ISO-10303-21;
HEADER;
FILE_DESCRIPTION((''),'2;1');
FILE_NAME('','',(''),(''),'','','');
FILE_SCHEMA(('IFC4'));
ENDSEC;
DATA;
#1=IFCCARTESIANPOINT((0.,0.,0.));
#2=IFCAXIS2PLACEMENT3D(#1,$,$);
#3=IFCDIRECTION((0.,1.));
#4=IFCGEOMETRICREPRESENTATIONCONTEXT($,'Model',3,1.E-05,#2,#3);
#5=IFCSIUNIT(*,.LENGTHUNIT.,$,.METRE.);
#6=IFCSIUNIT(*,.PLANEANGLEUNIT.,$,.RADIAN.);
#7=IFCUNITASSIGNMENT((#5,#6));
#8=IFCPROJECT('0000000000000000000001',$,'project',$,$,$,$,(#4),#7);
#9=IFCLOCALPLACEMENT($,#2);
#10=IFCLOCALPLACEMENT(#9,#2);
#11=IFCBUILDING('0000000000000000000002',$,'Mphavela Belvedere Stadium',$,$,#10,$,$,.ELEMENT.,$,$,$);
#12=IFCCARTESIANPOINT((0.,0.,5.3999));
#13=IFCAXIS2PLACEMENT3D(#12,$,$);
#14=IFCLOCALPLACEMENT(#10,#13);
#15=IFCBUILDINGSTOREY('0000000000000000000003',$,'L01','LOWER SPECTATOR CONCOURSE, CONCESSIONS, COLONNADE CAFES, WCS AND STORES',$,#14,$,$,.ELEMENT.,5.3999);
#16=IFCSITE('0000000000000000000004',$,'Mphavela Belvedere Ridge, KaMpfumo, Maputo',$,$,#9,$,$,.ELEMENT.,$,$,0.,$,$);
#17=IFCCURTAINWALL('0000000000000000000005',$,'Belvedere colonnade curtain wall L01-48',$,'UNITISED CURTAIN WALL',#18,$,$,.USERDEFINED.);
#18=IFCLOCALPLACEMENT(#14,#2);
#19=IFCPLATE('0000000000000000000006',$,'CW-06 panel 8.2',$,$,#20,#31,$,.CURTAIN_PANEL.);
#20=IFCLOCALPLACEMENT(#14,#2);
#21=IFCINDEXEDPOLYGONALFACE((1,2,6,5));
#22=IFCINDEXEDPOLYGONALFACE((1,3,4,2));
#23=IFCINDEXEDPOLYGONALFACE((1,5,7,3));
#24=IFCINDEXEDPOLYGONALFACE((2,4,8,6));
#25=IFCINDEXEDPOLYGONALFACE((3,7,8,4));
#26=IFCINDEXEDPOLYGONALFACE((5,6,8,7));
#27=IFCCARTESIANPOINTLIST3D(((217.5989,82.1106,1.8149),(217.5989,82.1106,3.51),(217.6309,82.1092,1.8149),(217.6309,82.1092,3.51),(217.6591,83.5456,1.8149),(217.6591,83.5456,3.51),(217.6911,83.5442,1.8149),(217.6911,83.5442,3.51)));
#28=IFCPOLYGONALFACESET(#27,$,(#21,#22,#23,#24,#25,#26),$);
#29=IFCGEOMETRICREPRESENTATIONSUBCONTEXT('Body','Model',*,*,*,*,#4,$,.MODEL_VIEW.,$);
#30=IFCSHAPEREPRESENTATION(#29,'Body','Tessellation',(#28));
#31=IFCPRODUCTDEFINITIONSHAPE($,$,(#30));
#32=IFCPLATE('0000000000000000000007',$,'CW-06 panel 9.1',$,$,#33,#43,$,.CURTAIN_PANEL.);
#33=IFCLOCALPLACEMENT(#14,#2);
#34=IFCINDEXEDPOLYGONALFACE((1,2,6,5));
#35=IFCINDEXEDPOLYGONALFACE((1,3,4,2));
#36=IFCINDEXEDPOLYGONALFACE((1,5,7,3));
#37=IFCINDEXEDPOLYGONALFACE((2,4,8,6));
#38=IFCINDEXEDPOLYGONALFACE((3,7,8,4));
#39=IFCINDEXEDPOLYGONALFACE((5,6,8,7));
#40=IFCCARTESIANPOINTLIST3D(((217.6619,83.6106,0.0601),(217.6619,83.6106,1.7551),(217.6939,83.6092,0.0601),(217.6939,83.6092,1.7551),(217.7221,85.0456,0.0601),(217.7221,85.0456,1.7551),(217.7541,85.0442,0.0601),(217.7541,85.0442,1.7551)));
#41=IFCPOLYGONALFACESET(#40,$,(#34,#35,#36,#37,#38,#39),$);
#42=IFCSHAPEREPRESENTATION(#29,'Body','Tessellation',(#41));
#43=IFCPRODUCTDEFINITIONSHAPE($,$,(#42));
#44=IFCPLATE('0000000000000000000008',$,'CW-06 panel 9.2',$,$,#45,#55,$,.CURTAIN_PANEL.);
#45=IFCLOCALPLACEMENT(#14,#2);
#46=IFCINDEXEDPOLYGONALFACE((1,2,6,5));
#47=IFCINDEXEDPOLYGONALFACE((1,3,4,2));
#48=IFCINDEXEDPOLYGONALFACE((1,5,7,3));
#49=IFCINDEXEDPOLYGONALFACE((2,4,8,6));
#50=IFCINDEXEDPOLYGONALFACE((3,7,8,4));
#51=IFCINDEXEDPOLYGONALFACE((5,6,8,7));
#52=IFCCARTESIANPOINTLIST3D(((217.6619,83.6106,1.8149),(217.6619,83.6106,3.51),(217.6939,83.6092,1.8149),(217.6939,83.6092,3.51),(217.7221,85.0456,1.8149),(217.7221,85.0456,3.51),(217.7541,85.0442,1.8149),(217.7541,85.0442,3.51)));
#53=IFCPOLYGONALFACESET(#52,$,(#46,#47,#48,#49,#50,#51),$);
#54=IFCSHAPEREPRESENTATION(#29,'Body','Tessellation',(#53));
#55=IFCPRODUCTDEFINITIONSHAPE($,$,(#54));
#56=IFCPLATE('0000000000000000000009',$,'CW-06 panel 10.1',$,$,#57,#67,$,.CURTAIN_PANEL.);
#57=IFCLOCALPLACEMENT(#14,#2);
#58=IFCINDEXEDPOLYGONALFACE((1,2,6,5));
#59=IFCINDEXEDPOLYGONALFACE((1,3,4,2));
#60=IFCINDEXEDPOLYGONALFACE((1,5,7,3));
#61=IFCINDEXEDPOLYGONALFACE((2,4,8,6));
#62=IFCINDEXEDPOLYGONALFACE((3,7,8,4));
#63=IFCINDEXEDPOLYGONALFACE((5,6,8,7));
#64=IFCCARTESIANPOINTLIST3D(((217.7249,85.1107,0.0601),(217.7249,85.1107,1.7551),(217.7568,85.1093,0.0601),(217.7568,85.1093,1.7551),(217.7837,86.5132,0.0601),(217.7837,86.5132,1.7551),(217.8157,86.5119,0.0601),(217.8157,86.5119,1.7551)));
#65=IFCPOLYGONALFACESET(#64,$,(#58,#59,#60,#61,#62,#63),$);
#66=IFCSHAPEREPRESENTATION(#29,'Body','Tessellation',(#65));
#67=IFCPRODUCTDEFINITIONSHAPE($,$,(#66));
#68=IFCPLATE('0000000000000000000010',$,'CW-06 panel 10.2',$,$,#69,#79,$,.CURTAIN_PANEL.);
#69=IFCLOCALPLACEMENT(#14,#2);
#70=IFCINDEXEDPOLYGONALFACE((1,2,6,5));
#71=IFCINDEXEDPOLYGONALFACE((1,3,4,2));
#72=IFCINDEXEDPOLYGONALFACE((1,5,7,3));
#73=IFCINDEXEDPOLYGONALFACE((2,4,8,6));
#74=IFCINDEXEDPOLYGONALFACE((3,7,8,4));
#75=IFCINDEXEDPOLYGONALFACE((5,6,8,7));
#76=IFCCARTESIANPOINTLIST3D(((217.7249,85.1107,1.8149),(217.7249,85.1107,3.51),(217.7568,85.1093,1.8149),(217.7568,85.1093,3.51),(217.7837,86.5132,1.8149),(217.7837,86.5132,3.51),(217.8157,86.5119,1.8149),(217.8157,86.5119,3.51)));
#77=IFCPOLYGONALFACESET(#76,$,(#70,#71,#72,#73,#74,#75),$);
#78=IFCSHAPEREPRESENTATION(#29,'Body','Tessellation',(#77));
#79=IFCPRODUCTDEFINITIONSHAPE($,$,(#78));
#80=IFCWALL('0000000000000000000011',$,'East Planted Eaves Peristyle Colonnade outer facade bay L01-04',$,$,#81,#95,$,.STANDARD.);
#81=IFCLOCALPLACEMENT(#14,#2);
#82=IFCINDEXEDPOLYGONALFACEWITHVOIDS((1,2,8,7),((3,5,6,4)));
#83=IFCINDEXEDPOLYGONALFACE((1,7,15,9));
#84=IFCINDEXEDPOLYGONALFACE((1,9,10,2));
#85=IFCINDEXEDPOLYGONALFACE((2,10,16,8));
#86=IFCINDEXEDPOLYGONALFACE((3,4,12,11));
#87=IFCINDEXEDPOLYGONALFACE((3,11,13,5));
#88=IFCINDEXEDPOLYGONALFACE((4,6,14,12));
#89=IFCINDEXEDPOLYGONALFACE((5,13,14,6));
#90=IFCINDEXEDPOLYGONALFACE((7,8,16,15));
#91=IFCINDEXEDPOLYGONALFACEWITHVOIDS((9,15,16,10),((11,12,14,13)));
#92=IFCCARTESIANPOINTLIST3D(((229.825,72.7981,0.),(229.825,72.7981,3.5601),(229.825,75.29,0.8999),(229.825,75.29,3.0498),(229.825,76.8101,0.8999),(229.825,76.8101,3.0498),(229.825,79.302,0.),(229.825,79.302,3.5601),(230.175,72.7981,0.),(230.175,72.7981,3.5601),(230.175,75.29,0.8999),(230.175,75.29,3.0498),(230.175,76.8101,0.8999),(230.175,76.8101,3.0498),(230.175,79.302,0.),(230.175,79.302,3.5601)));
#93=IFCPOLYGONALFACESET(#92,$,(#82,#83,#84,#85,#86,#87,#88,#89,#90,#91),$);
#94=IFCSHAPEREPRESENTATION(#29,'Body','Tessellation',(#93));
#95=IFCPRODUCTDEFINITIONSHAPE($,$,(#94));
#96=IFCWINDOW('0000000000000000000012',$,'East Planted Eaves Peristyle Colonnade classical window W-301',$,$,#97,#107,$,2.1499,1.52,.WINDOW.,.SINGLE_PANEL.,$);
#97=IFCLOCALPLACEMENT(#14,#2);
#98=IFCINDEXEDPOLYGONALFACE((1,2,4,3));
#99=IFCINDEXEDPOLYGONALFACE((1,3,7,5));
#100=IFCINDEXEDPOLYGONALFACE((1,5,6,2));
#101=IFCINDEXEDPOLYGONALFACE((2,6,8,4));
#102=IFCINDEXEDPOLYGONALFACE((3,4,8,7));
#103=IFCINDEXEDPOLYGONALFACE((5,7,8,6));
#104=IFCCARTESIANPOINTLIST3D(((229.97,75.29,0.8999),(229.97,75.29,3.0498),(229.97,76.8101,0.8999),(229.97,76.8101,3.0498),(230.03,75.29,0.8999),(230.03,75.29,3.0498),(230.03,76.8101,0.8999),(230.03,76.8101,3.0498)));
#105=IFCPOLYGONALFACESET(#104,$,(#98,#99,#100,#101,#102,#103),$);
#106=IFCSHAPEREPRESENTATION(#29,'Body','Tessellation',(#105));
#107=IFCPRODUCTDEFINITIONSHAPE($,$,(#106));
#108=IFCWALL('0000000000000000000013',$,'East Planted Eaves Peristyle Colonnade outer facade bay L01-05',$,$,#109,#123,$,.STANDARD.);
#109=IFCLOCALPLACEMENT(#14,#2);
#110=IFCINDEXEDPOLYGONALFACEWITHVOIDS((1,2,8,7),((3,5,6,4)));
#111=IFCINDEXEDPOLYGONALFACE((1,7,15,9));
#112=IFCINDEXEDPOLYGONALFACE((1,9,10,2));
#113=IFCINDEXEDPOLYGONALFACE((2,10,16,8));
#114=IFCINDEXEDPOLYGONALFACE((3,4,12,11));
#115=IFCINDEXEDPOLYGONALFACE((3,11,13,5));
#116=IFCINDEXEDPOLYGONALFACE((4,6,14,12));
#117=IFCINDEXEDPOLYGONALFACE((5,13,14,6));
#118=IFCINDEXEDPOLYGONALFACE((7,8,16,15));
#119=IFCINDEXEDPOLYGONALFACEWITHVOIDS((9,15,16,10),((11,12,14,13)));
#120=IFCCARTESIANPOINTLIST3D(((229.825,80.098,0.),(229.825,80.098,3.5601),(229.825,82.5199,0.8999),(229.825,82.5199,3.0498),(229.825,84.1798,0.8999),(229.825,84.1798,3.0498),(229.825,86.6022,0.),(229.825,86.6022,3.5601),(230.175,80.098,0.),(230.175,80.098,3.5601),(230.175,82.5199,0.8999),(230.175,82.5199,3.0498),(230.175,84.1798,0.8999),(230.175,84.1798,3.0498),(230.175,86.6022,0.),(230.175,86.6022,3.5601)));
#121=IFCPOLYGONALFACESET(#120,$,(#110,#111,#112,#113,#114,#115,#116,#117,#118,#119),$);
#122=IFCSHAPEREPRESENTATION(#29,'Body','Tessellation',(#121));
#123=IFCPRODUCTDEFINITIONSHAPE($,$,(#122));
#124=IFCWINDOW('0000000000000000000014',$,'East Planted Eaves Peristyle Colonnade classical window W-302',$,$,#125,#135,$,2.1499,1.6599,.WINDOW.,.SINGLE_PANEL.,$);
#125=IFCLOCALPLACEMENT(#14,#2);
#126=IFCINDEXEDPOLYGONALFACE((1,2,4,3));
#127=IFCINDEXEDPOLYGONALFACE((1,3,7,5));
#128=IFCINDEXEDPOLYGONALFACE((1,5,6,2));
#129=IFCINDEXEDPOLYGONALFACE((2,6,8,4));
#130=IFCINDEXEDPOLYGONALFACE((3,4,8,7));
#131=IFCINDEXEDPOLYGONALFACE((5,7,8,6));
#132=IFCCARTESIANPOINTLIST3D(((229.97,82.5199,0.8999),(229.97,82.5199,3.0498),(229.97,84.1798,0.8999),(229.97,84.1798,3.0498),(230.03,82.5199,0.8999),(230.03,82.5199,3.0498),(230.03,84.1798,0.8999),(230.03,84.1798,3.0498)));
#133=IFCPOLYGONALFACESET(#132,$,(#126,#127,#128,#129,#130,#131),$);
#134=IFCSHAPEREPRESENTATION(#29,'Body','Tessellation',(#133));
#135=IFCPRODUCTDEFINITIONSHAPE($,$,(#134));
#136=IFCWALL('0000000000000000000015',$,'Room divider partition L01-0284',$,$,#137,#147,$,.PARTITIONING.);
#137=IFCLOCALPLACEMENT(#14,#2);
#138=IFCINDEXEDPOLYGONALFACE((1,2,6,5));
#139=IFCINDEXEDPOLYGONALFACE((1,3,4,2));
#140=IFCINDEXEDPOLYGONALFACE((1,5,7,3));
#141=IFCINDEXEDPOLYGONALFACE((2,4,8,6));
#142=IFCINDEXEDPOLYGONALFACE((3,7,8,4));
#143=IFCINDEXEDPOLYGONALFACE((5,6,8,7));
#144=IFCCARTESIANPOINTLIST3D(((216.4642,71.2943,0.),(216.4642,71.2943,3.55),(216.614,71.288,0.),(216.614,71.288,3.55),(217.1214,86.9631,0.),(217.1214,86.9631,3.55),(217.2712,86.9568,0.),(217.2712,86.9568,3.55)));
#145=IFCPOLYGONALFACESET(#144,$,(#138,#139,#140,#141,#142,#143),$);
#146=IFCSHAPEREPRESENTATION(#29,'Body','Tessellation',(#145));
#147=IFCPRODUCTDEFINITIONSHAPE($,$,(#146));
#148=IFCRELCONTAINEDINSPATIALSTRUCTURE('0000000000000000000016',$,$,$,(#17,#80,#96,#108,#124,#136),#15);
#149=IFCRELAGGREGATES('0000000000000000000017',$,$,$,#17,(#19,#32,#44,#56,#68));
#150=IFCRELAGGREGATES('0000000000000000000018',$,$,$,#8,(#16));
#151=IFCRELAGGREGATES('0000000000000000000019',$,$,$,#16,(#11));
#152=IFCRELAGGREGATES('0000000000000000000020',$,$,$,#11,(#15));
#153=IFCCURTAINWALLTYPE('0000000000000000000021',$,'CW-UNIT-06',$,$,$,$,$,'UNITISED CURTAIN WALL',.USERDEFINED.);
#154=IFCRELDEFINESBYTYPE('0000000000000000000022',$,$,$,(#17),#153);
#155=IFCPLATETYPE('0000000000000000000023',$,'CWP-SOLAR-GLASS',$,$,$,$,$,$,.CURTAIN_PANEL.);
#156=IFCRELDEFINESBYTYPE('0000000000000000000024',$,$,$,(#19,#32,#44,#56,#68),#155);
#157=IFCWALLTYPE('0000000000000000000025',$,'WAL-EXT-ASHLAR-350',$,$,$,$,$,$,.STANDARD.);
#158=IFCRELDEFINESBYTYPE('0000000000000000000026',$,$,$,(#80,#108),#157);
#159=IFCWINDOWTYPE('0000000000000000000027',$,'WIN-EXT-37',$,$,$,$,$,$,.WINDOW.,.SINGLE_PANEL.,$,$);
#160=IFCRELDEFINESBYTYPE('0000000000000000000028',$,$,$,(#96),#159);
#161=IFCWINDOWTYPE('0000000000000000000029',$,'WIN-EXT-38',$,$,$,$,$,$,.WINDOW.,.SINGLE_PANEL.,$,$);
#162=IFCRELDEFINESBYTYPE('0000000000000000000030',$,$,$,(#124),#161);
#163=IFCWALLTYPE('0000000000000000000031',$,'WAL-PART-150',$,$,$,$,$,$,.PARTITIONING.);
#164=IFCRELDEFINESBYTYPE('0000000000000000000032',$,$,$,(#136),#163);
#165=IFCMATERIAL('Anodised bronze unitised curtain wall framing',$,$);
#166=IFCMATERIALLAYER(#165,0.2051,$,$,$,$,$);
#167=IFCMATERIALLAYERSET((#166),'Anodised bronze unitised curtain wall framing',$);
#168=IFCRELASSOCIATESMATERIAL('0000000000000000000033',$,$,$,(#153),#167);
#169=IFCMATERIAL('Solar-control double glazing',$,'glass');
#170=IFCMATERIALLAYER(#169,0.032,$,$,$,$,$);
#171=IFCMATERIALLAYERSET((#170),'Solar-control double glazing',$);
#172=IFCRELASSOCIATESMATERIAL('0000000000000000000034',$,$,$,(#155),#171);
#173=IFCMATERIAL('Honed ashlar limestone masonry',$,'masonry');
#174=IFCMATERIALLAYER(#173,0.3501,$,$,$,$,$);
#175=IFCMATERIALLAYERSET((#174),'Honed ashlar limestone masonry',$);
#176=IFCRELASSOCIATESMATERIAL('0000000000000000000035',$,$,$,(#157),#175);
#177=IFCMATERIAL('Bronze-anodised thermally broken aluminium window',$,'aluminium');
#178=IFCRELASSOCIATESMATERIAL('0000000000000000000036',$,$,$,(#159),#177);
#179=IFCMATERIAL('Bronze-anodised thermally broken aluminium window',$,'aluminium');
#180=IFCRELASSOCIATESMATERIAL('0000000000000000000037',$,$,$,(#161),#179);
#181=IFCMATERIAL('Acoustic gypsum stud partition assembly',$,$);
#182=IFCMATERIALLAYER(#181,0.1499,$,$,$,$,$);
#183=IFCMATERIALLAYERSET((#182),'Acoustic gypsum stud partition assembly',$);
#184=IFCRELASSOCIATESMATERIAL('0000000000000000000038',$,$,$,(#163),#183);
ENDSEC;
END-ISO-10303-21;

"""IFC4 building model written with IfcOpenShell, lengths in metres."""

from ifc_helpers import new_model, si_unit, direction, frame, frame_2d, origin, origin_2d, place, context, subcontext, project, spatial, rectangle, extrude, material, layer, layer_set, type_object, element, fill, aggregate, save


model = new_model("IFC4")

# Units and contexts
model_context = context("Model", 3, precision=1e-05, world=origin(), true_north=direction((0.0, 1.0)))
body_context = subcontext(model_context, "Body", "Model", "MODEL_VIEW")
ifc_project = project(units=[si_unit("LENGTHUNIT", "METRE"), si_unit("PLANEANGLEUNIT", "RADIAN")], contexts=[model_context])

# Site, building, storey
site_placement = place(None, origin())
site = spatial("IfcSite", under=ifc_project, at=site_placement, Name="Mphavela Belvedere Ridge, KaMpfumo, Maputo", CompositionType="ELEMENT", RefElevation=0.0)
building_placement = place(site_placement, origin())
building = spatial("IfcBuilding", under=site, at=building_placement, Name="Mphavela Belvedere Stadium", CompositionType="ELEMENT")
storey_placement = place(building_placement, frame((0.0, 0.0, 5.3999)))
storey = spatial("IfcBuildingStorey", under=building, at=storey_placement, Name="L01", Description="LOWER SPECTATOR CONCOURSE, CONCESSIONS, COLONNADE CAFES, WCS AND STORES", CompositionType="ELEMENT", Elevation=5.3999)

# Curtain wall, plates
ifc_material_1 = material(Name="Anodised bronze unitised curtain wall framing")
ifc_layer_1 = layer(ifc_material_1, 0.2051)
ifc_layer_set_1 = layer_set([ifc_layer_1], Name="Anodised bronze unitised curtain wall framing")
curtain_wall_type = type_object("IfcCurtainWallType", Name="CW-UNIT-06", ElementType="UNITISED CURTAIN WALL", PredefinedType="USERDEFINED", material=ifc_layer_set_1)
curtain_wall_placement = place(storey_placement, origin())
curtain_wall = element("IfcCurtainWall", 1, at=curtain_wall_placement, inside=storey, type_object=curtain_wall_type, Name="Belvedere colonnade curtain wall L01-48", ObjectType="UNITISED CURTAIN WALL", PredefinedType="USERDEFINED")
ifc_material_2 = material(Name="Solar-control double glazing", Category="glass")
ifc_layer_2 = layer(ifc_material_2, 0.032)
ifc_layer_set_2 = layer_set([ifc_layer_2], Name="Solar-control double glazing")
plate_type = type_object("IfcPlateType", Name="CWP-SOLAR-GLASS", PredefinedType="CURTAIN_PANEL", material=ifc_layer_set_2)
plate_1_placement = place(storey_placement, frame((217.645, 82.8274, 1.8149), z_axis=(0.0, 0.0, 1.0), x_axis=(0.04191, 0.999121, 0.0)))
plate_1 = element("IfcPlate", 2, at=plate_1_placement, type_object=plate_type, Name="CW-06 panel 8.2", PredefinedType="CURTAIN_PANEL", context=body_context, shape_type="SweptSolid", body=[
    extrude(rectangle(XDim=1.4363, YDim=0.032, at=origin_2d()), origin(), (0.0, 0.0, 1.0), 1.6951),
])
plate_2_placement = place(storey_placement, frame((217.708, 84.3274, 0.0601), z_axis=(0.0, 0.0, 1.0), x_axis=(0.04191, 0.999121, 0.0)))
plate_2 = element("IfcPlate", 3, at=plate_2_placement, type_object=plate_type, Name="CW-06 panel 9.1", PredefinedType="CURTAIN_PANEL", context=body_context, shape_type="SweptSolid", body=[
    extrude(rectangle(XDim=1.4363, YDim=0.032, at=origin_2d()), origin(), (0.0, 0.0, 1.0), 1.6951),
])
plate_3_placement = place(storey_placement, frame((217.708, 84.3274, 1.8149), z_axis=(0.0, 0.0, 1.0), x_axis=(0.04191, 0.999121, 0.0)))
plate_3 = element("IfcPlate", 4, at=plate_3_placement, type_object=plate_type, Name="CW-06 panel 9.2", PredefinedType="CURTAIN_PANEL", context=body_context, shape_type="SweptSolid", body=[
    extrude(rectangle(XDim=1.4363, YDim=0.032, at=origin_2d()), origin(), (0.0, 0.0, 1.0), 1.6951),
])
plate_4_placement = place(storey_placement, frame((217.7703, 85.8113, 0.0601), z_axis=(0.0, 0.0, 1.0), x_axis=(0.04191, 0.999121, 0.0)))
plate_4 = element("IfcPlate", 5, at=plate_4_placement, type_object=plate_type, Name="CW-06 panel 10.1", PredefinedType="CURTAIN_PANEL", context=body_context, shape_type="SweptSolid", body=[
    extrude(rectangle(XDim=1.4038, YDim=0.032, at=origin_2d()), origin(), (0.0, 0.0, 1.0), 1.6951),
])
plate_5_placement = place(storey_placement, frame((217.7703, 85.8113, 1.8149), z_axis=(0.0, 0.0, 1.0), x_axis=(0.04191, 0.999121, 0.0)))
plate_5 = element("IfcPlate", 6, at=plate_5_placement, type_object=plate_type, Name="CW-06 panel 10.2", PredefinedType="CURTAIN_PANEL", context=body_context, shape_type="SweptSolid", body=[
    extrude(rectangle(XDim=1.4038, YDim=0.032, at=origin_2d()), origin(), (0.0, 0.0, 1.0), 1.6951),
])
aggregate(curtain_wall, [plate_1, plate_2, plate_3, plate_4, plate_5])

# Walls, openings, windows
ifc_material_3 = material(Name="Honed ashlar limestone masonry", Category="masonry")
ifc_layer_3 = layer(ifc_material_3, 0.3501)
ifc_layer_set_3 = layer_set([ifc_layer_3], Name="Honed ashlar limestone masonry")
wall_type_1 = type_object("IfcWallType", Name="WAL-EXT-ASHLAR-350", PredefinedType="STANDARD", material=ifc_layer_set_3)
wall_1_placement = place(storey_placement, frame((230.0, 79.302, 0.0), z_axis=(0.0, 0.0, 1.0), x_axis=(0.0, -1.0, 0.0)))
wall_1 = element("IfcWall", 7, at=wall_1_placement, inside=storey, type_object=wall_type_1, Name="East Planted Eaves Peristyle Colonnade outer facade bay L01-04", PredefinedType="STANDARD", context=body_context, shape_type="SweptSolid", body=[
    extrude(rectangle(XDim=6.5039, YDim=0.3501, at=frame_2d((3.252, 0.0))), origin(), (0.0, 0.0, 1.0), 3.5601),
])
opening_1_placement = place(wall_1_placement, frame((2.4919, 0.0, 0.8999)))
opening_1 = element("IfcOpeningElement", 8, at=opening_1_placement, cuts=wall_1, PredefinedType="OPENING", context=body_context, shape_type="SweptSolid", body=[
    extrude(rectangle(XDim=1.52, YDim=2.1499, at=frame_2d((0.76, 1.075))), frame((0.0, 0.1851, 0.0), z_axis=(0.0, -1.0, 0.0), x_axis=(1.0, 0.0, 0.0)), (0.0, 0.0, 1.0), 0.3701),
])
ifc_material_4 = material(Name="Bronze-anodised thermally broken aluminium window", Category="aluminium")
window_type_1 = type_object("IfcWindowType", Name="WIN-EXT-37", PartitioningType="SINGLE_PANEL", PredefinedType="WINDOW", material=ifc_material_4)
window_1_placement = place(opening_1_placement, origin())
window_1 = element("IfcWindow", 9, at=window_1_placement, inside=storey, type_object=window_type_1, Name="East Planted Eaves Peristyle Colonnade classical window W-301", OverallHeight=2.1499, OverallWidth=1.52, PartitioningType="SINGLE_PANEL", PredefinedType="WINDOW", context=body_context, shape_type="SweptSolid", body=[
    extrude(rectangle(XDim=1.52, YDim=2.1499, at=frame_2d((0.76, 1.075))), frame((0.0, 0.03, 0.0), z_axis=(0.0, -1.0, 0.0), x_axis=(1.0, 0.0, 0.0)), (0.0, 0.0, 1.0), 0.0601),
])
fill(opening_1, window_1)
wall_2_placement = place(storey_placement, frame((230.0, 86.6021, 0.0), z_axis=(0.0, 0.0, 1.0), x_axis=(0.0, -1.0, 0.0)))
wall_2 = element("IfcWall", 10, at=wall_2_placement, inside=storey, type_object=wall_type_1, Name="East Planted Eaves Peristyle Colonnade outer facade bay L01-05", PredefinedType="STANDARD", context=body_context, shape_type="SweptSolid", body=[
    extrude(rectangle(XDim=6.5042, YDim=0.3501, at=frame_2d((3.252, 0.0))), origin(), (0.0, 0.0, 1.0), 3.5601),
])
opening_2_placement = place(wall_2_placement, frame((2.4221, 0.0, 0.8999)))
opening_2 = element("IfcOpeningElement", 11, at=opening_2_placement, cuts=wall_2, PredefinedType="OPENING", context=body_context, shape_type="SweptSolid", body=[
    extrude(rectangle(XDim=1.6599, YDim=2.1499, at=frame_2d((0.8301, 1.075))), frame((0.0, 0.1851, 0.0), z_axis=(0.0, -1.0, 0.0), x_axis=(1.0, 0.0, 0.0)), (0.0, 0.0, 1.0), 0.3701),
])
ifc_material_5 = material(Name="Bronze-anodised thermally broken aluminium window", Category="aluminium")
window_type_2 = type_object("IfcWindowType", Name="WIN-EXT-38", PartitioningType="SINGLE_PANEL", PredefinedType="WINDOW", material=ifc_material_5)
window_2_placement = place(opening_2_placement, origin())
window_2 = element("IfcWindow", 12, at=window_2_placement, inside=storey, type_object=window_type_2, Name="East Planted Eaves Peristyle Colonnade classical window W-302", OverallHeight=2.1499, OverallWidth=1.6599, PartitioningType="SINGLE_PANEL", PredefinedType="WINDOW", context=body_context, shape_type="SweptSolid", body=[
    extrude(rectangle(XDim=1.6599, YDim=2.1499, at=frame_2d((0.8301, 1.075))), frame((0.0, 0.03, 0.0), z_axis=(0.0, -1.0, 0.0), x_axis=(1.0, 0.0, 0.0)), (0.0, 0.0, 1.0), 0.0601),
])
fill(opening_2, window_2)

# Wall
ifc_material_6 = material(Name="Acoustic gypsum stud partition assembly")
ifc_layer_4 = layer(ifc_material_6, 0.1499)
ifc_layer_set_4 = layer_set([ifc_layer_4], Name="Acoustic gypsum stud partition assembly")
wall_type_2 = type_object("IfcWallType", Name="WAL-PART-150", PredefinedType="PARTITIONING", material=ifc_layer_set_4)
wall_3_placement = place(storey_placement, frame((217.1963, 86.96, 0.0), z_axis=(0.0, 0.0, 1.0), x_axis=(-0.041908, -0.999121, 0.0)))
element("IfcWall", 13, at=wall_3_placement, inside=storey, type_object=wall_type_2, Name="Room divider partition L01-0284", PredefinedType="PARTITIONING", context=body_context, shape_type="SweptSolid", body=[
    extrude(rectangle(XDim=15.6826, YDim=0.1499, at=frame_2d((7.8413, 0.0))), origin(), (0.0, 0.0, 1.0), 3.55),
])

save(model, "model.ifc")
